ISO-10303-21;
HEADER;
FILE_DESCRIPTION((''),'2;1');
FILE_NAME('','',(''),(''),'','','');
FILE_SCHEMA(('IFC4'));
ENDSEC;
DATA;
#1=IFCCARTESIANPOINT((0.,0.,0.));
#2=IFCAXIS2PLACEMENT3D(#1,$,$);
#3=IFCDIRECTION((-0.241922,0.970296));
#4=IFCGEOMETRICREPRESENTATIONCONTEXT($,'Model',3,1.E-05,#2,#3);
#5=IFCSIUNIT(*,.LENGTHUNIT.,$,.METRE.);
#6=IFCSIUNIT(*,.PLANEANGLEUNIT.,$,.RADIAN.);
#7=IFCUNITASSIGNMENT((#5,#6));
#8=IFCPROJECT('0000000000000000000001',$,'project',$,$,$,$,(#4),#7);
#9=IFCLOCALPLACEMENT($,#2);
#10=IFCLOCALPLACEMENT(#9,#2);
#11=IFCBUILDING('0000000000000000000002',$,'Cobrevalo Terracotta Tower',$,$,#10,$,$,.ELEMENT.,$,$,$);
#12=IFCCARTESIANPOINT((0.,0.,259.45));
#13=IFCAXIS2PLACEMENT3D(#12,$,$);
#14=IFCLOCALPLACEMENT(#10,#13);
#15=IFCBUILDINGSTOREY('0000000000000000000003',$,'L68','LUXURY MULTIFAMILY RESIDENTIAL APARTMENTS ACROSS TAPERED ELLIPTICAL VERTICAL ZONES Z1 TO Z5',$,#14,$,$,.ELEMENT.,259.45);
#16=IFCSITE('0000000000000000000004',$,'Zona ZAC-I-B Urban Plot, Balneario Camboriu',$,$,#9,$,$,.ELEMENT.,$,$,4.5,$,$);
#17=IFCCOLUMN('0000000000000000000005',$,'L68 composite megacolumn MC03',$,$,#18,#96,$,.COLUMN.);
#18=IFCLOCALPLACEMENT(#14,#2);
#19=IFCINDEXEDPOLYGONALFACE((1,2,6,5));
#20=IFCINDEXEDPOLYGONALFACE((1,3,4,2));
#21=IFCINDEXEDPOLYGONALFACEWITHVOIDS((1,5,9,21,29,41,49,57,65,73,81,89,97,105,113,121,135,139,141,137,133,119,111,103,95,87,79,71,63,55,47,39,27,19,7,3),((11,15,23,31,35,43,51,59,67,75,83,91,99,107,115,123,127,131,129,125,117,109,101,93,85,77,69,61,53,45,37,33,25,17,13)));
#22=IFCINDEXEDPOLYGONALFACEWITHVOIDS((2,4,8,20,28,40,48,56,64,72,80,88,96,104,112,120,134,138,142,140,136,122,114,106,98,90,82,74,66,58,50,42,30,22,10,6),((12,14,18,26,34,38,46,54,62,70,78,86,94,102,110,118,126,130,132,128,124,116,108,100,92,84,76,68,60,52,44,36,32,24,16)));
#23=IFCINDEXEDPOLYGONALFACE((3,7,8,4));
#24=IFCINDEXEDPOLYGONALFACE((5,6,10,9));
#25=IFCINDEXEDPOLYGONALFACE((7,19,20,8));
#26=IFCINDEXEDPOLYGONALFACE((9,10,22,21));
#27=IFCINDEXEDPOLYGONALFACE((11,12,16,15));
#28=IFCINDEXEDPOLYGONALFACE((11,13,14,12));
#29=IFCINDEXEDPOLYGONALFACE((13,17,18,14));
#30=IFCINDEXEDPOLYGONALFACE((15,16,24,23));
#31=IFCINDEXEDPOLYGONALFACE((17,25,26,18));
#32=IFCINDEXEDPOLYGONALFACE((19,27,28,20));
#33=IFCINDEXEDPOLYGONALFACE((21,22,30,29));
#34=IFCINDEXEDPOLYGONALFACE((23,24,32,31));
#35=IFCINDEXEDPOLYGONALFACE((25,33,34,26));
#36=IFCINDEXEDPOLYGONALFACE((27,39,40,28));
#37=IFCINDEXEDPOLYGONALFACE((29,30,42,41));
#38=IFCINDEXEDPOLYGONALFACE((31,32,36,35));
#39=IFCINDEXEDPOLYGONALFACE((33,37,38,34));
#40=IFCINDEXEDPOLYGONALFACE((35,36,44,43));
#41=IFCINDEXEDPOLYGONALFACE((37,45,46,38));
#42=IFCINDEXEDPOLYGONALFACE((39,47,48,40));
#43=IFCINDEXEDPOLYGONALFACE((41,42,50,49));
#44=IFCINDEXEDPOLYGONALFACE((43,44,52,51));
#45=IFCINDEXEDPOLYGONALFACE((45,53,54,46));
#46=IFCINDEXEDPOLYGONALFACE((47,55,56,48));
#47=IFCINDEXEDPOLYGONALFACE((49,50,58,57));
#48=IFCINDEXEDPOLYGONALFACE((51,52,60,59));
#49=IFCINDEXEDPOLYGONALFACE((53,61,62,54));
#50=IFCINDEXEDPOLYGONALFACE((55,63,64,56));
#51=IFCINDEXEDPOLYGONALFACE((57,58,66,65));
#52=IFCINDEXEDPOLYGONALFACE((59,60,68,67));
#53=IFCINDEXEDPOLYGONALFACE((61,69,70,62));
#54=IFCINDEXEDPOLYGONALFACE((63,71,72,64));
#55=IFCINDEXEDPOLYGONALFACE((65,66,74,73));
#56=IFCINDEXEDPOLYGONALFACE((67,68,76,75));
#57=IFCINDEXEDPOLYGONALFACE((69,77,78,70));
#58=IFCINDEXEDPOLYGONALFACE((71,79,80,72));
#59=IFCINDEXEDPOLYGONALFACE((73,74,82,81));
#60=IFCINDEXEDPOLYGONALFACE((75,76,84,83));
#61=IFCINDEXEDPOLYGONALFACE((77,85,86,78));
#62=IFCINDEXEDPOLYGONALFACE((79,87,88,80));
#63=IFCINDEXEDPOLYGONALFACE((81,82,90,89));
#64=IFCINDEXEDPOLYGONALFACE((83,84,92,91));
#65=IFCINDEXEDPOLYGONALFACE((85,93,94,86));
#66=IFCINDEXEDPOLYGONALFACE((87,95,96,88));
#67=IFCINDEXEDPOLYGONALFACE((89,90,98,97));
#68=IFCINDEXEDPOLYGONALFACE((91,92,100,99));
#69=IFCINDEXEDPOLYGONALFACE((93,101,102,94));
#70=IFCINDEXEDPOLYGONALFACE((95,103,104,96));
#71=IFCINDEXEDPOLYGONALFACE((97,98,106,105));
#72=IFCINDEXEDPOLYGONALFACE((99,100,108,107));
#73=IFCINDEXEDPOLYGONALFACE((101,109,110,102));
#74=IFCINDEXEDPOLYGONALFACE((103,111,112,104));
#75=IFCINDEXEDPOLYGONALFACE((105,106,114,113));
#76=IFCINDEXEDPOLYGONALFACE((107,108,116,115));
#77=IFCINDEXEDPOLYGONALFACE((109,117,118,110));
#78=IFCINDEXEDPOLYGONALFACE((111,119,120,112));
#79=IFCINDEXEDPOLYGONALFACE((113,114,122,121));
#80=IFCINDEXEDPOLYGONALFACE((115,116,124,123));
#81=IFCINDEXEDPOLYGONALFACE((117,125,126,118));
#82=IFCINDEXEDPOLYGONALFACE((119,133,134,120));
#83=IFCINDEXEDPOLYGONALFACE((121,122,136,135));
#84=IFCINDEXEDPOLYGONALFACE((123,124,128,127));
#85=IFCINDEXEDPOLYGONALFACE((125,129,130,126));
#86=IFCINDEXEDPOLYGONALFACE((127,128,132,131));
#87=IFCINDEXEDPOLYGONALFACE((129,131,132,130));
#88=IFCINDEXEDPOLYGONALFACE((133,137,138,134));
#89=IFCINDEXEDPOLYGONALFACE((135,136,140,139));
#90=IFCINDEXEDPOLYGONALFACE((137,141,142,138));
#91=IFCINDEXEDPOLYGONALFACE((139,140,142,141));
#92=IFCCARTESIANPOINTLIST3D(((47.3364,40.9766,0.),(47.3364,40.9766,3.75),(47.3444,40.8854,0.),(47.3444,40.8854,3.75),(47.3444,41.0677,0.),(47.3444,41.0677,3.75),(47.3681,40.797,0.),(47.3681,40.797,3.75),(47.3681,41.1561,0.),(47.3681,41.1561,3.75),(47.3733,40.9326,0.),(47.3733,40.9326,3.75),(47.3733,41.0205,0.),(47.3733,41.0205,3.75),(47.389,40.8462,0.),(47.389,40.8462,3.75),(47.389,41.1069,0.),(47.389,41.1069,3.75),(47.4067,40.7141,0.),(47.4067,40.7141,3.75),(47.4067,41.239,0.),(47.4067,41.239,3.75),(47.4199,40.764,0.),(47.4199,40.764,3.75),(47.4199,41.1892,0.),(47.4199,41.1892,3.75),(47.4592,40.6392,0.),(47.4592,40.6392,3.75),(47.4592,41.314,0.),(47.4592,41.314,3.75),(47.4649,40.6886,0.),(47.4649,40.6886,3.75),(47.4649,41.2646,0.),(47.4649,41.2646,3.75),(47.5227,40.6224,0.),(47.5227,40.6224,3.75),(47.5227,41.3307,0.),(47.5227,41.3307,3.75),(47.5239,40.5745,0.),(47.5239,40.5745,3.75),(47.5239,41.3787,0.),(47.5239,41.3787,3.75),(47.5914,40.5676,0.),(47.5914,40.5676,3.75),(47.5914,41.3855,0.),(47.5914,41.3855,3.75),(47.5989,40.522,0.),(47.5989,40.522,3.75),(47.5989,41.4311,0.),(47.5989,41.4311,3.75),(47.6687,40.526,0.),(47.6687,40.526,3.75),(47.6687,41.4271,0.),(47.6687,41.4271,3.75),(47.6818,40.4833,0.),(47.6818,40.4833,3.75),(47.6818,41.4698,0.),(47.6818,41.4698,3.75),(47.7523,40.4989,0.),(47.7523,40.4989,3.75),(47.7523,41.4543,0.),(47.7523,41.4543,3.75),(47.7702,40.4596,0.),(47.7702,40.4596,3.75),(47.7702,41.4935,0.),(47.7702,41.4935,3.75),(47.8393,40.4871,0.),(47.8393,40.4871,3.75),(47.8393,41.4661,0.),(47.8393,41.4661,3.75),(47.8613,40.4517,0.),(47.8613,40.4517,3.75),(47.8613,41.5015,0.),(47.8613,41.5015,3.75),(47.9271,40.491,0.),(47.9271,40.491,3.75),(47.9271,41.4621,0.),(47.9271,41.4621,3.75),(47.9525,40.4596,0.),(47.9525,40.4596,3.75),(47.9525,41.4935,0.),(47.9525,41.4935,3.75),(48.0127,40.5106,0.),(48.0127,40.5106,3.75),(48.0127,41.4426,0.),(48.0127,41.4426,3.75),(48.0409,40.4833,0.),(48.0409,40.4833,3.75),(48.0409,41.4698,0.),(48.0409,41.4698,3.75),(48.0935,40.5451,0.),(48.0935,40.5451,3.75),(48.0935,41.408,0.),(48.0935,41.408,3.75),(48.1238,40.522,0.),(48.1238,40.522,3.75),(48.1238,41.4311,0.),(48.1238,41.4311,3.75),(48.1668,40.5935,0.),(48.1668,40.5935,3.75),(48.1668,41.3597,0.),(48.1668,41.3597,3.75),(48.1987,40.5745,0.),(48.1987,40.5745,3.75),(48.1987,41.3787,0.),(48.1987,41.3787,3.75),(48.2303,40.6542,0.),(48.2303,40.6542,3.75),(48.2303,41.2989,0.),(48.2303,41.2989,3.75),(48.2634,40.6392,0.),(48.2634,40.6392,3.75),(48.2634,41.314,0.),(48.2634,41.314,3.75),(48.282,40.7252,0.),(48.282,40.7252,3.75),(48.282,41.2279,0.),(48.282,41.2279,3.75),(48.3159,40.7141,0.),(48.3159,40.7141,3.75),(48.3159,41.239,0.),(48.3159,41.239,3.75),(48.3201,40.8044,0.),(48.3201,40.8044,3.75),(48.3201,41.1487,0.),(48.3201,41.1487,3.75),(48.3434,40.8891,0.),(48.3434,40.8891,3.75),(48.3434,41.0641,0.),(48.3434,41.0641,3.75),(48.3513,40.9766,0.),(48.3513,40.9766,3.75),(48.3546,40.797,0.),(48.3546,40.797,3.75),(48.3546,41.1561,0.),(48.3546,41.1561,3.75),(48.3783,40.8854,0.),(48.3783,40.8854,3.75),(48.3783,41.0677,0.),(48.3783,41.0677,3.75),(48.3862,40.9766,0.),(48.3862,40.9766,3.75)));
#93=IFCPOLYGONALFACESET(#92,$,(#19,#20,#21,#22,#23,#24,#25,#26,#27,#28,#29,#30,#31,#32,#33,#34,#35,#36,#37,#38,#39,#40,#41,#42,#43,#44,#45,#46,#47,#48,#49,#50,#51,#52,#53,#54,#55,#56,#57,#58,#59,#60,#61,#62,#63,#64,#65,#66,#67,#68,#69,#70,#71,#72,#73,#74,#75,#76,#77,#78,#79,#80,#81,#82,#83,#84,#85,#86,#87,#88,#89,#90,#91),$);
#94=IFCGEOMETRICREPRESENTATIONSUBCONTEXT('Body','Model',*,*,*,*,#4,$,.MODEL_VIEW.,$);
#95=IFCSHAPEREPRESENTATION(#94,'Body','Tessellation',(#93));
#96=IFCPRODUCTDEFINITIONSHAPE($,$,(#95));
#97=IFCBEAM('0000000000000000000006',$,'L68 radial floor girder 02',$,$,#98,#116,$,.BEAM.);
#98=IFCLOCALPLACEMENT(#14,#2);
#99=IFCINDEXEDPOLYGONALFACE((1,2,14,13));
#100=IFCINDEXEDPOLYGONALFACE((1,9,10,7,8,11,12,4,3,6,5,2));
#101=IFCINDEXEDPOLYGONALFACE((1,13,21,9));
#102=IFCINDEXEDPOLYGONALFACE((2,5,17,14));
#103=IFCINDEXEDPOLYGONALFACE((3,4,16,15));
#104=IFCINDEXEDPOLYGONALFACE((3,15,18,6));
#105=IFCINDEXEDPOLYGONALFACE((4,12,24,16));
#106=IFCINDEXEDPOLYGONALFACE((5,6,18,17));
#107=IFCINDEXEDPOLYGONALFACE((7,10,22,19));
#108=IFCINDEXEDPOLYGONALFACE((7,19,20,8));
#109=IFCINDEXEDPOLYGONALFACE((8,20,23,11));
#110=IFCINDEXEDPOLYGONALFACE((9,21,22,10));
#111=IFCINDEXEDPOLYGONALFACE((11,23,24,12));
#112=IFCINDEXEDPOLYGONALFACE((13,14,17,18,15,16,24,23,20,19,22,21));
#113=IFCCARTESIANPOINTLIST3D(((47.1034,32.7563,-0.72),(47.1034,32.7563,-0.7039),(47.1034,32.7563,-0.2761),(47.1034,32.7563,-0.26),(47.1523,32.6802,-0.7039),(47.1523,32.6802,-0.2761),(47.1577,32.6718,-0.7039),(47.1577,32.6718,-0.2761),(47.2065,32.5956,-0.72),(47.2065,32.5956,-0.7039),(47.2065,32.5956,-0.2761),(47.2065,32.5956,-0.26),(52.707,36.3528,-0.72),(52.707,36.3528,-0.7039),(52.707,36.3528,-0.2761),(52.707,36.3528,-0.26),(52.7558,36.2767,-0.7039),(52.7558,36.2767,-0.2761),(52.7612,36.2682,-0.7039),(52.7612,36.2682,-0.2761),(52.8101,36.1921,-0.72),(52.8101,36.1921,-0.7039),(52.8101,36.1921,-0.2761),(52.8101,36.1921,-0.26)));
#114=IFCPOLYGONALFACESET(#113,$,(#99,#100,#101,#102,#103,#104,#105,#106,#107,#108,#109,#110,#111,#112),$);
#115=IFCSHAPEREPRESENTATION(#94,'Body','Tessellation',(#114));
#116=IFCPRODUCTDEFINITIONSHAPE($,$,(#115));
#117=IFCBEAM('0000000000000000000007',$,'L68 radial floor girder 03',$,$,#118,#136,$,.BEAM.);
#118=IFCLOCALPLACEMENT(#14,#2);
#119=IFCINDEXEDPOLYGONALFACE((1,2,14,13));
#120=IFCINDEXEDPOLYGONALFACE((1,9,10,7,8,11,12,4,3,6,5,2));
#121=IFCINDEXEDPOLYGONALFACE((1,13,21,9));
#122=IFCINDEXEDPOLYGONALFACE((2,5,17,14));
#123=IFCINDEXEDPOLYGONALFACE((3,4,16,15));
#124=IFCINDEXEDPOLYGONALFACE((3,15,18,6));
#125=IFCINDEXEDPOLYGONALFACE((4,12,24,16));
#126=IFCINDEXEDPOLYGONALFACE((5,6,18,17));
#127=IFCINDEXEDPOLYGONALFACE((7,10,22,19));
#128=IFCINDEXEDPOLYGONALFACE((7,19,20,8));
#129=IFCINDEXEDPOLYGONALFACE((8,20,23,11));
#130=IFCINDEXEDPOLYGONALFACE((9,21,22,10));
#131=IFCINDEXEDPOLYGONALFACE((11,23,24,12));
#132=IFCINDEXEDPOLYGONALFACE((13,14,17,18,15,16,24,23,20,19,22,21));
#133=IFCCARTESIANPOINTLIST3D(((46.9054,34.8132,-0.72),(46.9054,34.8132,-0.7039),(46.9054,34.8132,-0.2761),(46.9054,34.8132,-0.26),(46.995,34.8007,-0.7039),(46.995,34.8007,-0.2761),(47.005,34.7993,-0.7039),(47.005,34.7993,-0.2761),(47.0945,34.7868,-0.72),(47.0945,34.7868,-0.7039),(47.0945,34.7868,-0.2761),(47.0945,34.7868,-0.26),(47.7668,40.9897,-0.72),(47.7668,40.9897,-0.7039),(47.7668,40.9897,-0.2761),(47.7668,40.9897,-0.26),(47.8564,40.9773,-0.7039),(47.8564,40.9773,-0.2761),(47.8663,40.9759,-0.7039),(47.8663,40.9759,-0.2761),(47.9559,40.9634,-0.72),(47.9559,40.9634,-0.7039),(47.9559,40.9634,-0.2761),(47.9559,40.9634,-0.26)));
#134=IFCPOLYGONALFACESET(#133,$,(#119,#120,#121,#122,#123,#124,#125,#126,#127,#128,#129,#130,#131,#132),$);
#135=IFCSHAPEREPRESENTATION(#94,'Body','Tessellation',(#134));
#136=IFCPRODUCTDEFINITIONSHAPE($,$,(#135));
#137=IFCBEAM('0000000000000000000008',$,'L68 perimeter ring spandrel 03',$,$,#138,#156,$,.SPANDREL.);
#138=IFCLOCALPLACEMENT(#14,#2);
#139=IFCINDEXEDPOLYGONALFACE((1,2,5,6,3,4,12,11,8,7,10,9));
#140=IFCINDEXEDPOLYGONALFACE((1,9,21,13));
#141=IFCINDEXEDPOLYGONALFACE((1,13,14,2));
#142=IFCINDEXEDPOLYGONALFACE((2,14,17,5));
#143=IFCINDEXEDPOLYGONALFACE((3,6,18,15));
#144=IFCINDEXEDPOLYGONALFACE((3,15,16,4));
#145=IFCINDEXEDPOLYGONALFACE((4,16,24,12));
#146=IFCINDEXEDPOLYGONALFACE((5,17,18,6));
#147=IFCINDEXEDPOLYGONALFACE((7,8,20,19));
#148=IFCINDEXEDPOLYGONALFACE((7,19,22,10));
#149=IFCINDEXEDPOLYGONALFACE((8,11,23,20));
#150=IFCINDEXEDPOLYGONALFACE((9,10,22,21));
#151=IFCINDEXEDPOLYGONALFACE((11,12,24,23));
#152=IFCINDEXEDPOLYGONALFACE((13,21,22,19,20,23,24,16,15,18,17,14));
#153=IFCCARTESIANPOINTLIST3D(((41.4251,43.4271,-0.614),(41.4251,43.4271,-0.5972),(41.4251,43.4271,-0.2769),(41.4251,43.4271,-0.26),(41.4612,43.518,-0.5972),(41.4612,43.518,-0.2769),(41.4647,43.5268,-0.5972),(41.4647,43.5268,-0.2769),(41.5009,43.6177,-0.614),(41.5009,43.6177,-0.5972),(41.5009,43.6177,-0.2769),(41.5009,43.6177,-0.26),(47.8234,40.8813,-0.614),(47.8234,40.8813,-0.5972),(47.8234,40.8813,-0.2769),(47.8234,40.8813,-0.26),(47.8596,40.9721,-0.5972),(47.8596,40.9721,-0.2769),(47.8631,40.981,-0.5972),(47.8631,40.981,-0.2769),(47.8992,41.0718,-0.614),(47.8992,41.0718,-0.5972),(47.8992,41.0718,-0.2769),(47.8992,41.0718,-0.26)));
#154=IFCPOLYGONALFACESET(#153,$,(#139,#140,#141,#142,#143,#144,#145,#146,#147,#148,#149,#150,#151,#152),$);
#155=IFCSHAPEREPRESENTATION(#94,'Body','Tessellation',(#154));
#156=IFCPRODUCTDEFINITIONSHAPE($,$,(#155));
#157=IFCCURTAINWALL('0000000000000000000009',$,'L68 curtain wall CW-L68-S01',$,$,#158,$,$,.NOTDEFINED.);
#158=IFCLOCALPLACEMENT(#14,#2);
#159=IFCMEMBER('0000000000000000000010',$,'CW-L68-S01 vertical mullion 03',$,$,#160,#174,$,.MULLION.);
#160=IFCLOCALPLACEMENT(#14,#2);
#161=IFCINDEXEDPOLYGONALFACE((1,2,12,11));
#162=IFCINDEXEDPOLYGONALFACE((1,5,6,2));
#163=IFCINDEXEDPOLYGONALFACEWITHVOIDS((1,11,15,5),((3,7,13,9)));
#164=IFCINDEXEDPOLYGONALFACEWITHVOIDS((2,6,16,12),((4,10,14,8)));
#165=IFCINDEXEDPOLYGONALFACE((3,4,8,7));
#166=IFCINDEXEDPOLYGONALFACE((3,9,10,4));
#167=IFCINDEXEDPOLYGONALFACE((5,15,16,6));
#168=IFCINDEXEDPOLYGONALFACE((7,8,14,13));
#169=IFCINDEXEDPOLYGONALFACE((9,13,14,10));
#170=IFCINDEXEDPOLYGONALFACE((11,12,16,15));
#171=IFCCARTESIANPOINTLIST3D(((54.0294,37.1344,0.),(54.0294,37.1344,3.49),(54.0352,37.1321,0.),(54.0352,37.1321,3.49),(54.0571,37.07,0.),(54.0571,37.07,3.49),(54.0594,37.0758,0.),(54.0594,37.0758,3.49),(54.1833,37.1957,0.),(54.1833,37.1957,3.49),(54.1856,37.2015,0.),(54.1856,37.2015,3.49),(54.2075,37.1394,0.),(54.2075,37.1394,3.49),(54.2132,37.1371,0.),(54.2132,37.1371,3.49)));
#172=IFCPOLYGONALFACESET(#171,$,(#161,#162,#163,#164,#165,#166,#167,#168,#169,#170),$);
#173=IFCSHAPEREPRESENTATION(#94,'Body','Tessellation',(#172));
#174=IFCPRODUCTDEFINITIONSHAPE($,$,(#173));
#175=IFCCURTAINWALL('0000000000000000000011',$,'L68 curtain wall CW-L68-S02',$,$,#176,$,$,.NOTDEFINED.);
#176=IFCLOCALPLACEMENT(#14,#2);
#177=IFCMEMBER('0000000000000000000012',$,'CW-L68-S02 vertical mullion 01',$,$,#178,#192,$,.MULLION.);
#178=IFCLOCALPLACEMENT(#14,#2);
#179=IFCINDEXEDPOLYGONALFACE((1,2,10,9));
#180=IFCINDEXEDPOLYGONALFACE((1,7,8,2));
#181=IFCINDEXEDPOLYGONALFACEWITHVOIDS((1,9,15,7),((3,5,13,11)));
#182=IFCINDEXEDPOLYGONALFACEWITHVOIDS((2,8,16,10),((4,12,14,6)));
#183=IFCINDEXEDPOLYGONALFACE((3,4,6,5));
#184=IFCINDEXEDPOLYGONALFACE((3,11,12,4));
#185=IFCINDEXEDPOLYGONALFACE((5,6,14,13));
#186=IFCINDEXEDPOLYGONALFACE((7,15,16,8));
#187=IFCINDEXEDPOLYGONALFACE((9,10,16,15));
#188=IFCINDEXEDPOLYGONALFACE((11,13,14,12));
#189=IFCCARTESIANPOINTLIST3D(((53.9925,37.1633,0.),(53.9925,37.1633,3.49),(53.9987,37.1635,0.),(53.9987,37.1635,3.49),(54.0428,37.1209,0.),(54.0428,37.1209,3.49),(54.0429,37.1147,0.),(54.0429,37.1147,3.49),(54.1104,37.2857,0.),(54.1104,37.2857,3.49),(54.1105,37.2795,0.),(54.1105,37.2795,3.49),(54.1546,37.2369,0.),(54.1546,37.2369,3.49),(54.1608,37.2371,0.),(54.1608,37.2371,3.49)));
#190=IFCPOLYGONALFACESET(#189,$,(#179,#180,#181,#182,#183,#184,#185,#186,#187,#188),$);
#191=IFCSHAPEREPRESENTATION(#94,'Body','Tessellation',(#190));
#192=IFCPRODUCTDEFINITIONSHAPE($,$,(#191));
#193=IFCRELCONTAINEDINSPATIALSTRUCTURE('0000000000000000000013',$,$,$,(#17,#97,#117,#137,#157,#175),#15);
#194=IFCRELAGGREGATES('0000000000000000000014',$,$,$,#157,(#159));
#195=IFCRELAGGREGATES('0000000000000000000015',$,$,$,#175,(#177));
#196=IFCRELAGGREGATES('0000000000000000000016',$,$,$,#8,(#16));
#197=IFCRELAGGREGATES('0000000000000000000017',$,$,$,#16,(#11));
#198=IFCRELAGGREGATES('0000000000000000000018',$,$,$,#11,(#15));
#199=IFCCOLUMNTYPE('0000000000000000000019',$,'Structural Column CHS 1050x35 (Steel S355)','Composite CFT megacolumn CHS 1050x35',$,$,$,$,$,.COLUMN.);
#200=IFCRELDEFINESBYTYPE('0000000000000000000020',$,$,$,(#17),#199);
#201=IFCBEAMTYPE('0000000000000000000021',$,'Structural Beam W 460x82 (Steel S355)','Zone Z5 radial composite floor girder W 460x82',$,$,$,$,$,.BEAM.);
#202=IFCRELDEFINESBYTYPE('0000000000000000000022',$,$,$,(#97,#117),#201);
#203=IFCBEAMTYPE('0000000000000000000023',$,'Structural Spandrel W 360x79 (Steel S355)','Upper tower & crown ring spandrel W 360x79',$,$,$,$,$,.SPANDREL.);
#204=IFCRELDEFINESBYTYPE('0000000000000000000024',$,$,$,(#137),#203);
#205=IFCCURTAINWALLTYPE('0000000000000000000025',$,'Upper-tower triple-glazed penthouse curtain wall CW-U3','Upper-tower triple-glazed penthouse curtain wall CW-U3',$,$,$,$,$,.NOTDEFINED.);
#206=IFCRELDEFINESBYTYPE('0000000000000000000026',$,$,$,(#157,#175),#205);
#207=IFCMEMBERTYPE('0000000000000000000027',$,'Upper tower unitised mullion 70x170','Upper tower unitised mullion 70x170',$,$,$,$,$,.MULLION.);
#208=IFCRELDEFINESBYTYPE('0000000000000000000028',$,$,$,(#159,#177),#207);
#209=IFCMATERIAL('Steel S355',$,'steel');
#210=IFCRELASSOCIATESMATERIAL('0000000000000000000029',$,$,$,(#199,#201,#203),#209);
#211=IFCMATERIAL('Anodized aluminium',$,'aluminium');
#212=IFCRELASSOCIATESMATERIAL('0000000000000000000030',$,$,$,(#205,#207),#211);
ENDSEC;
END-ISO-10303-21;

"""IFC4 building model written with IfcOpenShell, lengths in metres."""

from ifc_helpers import new_model, si_unit, direction, frame, origin, origin_2d, place, context, subcontext, project, spatial, hollow_rectangle, hollow_circle, i_section, extrude, source, transform, mapped, material, material_profile, profile_set, type_object, element, aggregate, save


model = new_model("IFC4")

# Units and contexts
model_context = context("Model", 3, precision=1e-05, world=origin(), true_north=direction((-0.241922, 0.970296)))
body_context = subcontext(model_context, "Body", "Model", "MODEL_VIEW")
ifc_project = project(units=[si_unit("LENGTHUNIT", "METRE"), si_unit("PLANEANGLEUNIT", "RADIAN")], contexts=[model_context])

# Site, building, storey
site_placement = place(None, origin())
site = spatial("IfcSite", under=ifc_project, at=site_placement, Name="Zona ZAC-I-B Urban Plot, Balneario Camboriu", CompositionType="ELEMENT", RefElevation=4.5)
building_placement = place(site_placement, origin())
building = spatial("IfcBuilding", under=site, at=building_placement, Name="Cobrevalo Terracotta Tower", CompositionType="ELEMENT")
storey_placement = place(building_placement, frame((0.0, 0.0, 259.45)))
storey = spatial("IfcBuildingStorey", under=building, at=storey_placement, Name="L68", Description="LUXURY MULTIFAMILY RESIDENTIAL APARTMENTS ACROSS TAPERED ELLIPTICAL VERTICAL ZONES Z1 TO Z5", CompositionType="ELEMENT", Elevation=259.45)

# Column
ifc_material_1 = material(Name="Steel S355", Category="steel")
ifc_material_profile_1 = material_profile(ifc_material_1, hollow_circle(Radius=0.5249, WallThickness=0.0349, at=origin_2d()), Name="CHS 1050x35")
ifc_profile_set_1 = profile_set([ifc_material_profile_1], Name="Steel S355")
column_type = type_object("IfcColumnType", Name="Structural Column CHS 1050x35 (Steel S355)", Description="Composite CFT megacolumn CHS 1050x35", PredefinedType="COLUMN", material=ifc_profile_set_1)
column_placement = place(storey_placement, frame((47.8613, 40.9766, 0.0), z_axis=(0.0, 0.0, 1.0), x_axis=(1.0, 0.0, 0.0)))
element("IfcColumn", 1, at=column_placement, inside=storey, type_object=column_type, Name="L68 composite megacolumn MC03", PredefinedType="COLUMN", context=body_context, shape_type="SweptSolid", body=[
    extrude(hollow_circle(Radius=0.5249, WallThickness=0.0349, at=origin_2d()), origin(), (0.0, 0.0, 1.0), 3.75),
])

# Beams
ifc_material_profile_2 = material_profile(ifc_material_1, i_section(OverallWidth=0.1909, OverallDepth=0.46, WebThickness=0.01, FlangeThickness=0.0161, at=origin_2d()), Name="W 460x82")
ifc_profile_set_2 = profile_set([ifc_material_profile_2], Name="Steel S355")
beam_type_1 = type_object("IfcBeamType", Name="Structural Beam W 460x82 (Steel S355)", Description="Zone Z5 radial composite floor girder W 460x82", PredefinedType="BEAM", material=ifc_profile_set_2)
beam_1_placement = place(storey_placement, frame((52.7585, 36.2725, -0.49), z_axis=(-0.841576, -0.540138, 0.0), x_axis=(0.540138, -0.841576, 0.0)))
element("IfcBeam", 2, at=beam_1_placement, inside=storey, type_object=beam_type_1, Name="L68 radial floor girder 02", PredefinedType="BEAM", context=body_context, shape_type="SweptSolid", body=[
    extrude(i_section(OverallWidth=0.1909, OverallDepth=0.46, WebThickness=0.01, FlangeThickness=0.0161, at=origin_2d()), origin(), (0.0, 0.0, 1.0), 6.6584),
])
beam_2_placement = place(storey_placement, frame((47.8613, 40.9766, -0.49), z_axis=(-0.138116, -0.990416, 0.0), x_axis=(0.990416, -0.138116, 0.0)))
element("IfcBeam", 3, at=beam_2_placement, inside=storey, type_object=beam_type_1, Name="L68 radial floor girder 03", PredefinedType="BEAM", context=body_context, shape_type="SweptSolid", body=[
    extrude(i_section(OverallWidth=0.1909, OverallDepth=0.46, WebThickness=0.01, FlangeThickness=0.0161, at=origin_2d()), origin(), (0.0, 0.0, 1.0), 6.2363),
])
ifc_material_profile_3 = material_profile(ifc_material_1, i_section(OverallWidth=0.2051, OverallDepth=0.354, WebThickness=0.0095, FlangeThickness=0.0168, at=origin_2d()), Name="W 360x79")
ifc_profile_set_3 = profile_set([ifc_material_profile_3], Name="Steel S355")
beam_type_2 = type_object("IfcBeamType", Name="Structural Spandrel W 360x79 (Steel S355)", Description="Upper tower & crown ring spandrel W 360x79", PredefinedType="SPANDREL", material=ifc_profile_set_3)
beam_3_placement = place(storey_placement, frame((47.8613, 40.9766, -0.437), z_axis=(-0.92915, 0.369703, 0.0), x_axis=(-0.369703, -0.92915, 0.0)))
element("IfcBeam", 4, at=beam_3_placement, inside=storey, type_object=beam_type_2, Name="L68 perimeter ring spandrel 03", PredefinedType="SPANDREL", context=body_context, shape_type="SweptSolid", body=[
    extrude(i_section(OverallWidth=0.2051, OverallDepth=0.354, WebThickness=0.0095, FlangeThickness=0.0168, at=origin_2d()), origin(), (0.0, 0.0, 1.0), 6.8862),
])

# Curtain wall, member
ifc_material_2 = material(Name="Anodized aluminium", Category="aluminium")
curtain_wall_type = type_object("IfcCurtainWallType", Name="Upper-tower triple-glazed penthouse curtain wall CW-U3", Description="Upper-tower triple-glazed penthouse curtain wall CW-U3", PredefinedType="NOTDEFINED", material=ifc_material_2)
curtain_wall_1_placement = place(storey_placement, origin())
curtain_wall_1 = element("IfcCurtainWall", 5, at=curtain_wall_1_placement, inside=storey, type_object=curtain_wall_type, Name="L68 curtain wall CW-L68-S01", PredefinedType="NOTDEFINED")
ifc_material_profile_4 = material_profile(ifc_material_2, hollow_rectangle(XDim=0.0701, YDim=0.1699, WallThickness=0.0044, at=origin_2d()), Name="CWM 70x170")
ifc_profile_set_4 = profile_set([ifc_material_profile_4], Name="Anodized aluminium")
member_type_1 = type_object("IfcMemberType", Name="Upper tower unitised mullion 70x170", Description="Upper tower unitised mullion 70x170", PredefinedType="MULLION", material=ifc_profile_set_4)
shared_shape_1 = source(origin(), body_context, "Body", "SweptSolid", [
    extrude(hollow_rectangle(XDim=0.0701, YDim=0.1699, WallThickness=0.0044, at=origin_2d()), origin(), (0.0, 0.0, 1.0), 3.49),
])
member_1_placement = place(storey_placement, frame((54.1213, 37.1357, 0.0), z_axis=(0.0, 0.0, 1.0), x_axis=(-0.394824, 0.918757, 0.0)))
member_1 = element("IfcMember", 6, at=member_1_placement, type_object=member_type_1, Name="CW-L68-S01 vertical mullion 03", PredefinedType="MULLION", context=body_context, shape_type="MappedRepresentation", body=[
    mapped(shared_shape_1, transform((0.0, 0.0, 0.0), scale=1.0)),
])
aggregate(curtain_wall_1, [member_1])

# Curtain wall, member
curtain_wall_2_placement = place(storey_placement, origin())
curtain_wall_2 = element("IfcCurtainWall", 7, at=curtain_wall_2_placement, inside=storey, type_object=curtain_wall_type, Name="L68 curtain wall CW-L68-S02", PredefinedType="NOTDEFINED")
member_2_placement = place(storey_placement, frame((54.0767, 37.2002, 0.0), z_axis=(0.0, 0.0, 1.0), x_axis=(-0.719994, 0.69398, 0.0)))
member_2 = element("IfcMember", 8, at=member_2_placement, type_object=member_type_1, Name="CW-L68-S02 vertical mullion 01", PredefinedType="MULLION", context=body_context, shape_type="MappedRepresentation", body=[
    mapped(shared_shape_1, transform((0.0, 0.0, 0.0), scale=1.0)),
])

aggregate(curtain_wall_2, [member_2])

save(model, "model.ifc")
